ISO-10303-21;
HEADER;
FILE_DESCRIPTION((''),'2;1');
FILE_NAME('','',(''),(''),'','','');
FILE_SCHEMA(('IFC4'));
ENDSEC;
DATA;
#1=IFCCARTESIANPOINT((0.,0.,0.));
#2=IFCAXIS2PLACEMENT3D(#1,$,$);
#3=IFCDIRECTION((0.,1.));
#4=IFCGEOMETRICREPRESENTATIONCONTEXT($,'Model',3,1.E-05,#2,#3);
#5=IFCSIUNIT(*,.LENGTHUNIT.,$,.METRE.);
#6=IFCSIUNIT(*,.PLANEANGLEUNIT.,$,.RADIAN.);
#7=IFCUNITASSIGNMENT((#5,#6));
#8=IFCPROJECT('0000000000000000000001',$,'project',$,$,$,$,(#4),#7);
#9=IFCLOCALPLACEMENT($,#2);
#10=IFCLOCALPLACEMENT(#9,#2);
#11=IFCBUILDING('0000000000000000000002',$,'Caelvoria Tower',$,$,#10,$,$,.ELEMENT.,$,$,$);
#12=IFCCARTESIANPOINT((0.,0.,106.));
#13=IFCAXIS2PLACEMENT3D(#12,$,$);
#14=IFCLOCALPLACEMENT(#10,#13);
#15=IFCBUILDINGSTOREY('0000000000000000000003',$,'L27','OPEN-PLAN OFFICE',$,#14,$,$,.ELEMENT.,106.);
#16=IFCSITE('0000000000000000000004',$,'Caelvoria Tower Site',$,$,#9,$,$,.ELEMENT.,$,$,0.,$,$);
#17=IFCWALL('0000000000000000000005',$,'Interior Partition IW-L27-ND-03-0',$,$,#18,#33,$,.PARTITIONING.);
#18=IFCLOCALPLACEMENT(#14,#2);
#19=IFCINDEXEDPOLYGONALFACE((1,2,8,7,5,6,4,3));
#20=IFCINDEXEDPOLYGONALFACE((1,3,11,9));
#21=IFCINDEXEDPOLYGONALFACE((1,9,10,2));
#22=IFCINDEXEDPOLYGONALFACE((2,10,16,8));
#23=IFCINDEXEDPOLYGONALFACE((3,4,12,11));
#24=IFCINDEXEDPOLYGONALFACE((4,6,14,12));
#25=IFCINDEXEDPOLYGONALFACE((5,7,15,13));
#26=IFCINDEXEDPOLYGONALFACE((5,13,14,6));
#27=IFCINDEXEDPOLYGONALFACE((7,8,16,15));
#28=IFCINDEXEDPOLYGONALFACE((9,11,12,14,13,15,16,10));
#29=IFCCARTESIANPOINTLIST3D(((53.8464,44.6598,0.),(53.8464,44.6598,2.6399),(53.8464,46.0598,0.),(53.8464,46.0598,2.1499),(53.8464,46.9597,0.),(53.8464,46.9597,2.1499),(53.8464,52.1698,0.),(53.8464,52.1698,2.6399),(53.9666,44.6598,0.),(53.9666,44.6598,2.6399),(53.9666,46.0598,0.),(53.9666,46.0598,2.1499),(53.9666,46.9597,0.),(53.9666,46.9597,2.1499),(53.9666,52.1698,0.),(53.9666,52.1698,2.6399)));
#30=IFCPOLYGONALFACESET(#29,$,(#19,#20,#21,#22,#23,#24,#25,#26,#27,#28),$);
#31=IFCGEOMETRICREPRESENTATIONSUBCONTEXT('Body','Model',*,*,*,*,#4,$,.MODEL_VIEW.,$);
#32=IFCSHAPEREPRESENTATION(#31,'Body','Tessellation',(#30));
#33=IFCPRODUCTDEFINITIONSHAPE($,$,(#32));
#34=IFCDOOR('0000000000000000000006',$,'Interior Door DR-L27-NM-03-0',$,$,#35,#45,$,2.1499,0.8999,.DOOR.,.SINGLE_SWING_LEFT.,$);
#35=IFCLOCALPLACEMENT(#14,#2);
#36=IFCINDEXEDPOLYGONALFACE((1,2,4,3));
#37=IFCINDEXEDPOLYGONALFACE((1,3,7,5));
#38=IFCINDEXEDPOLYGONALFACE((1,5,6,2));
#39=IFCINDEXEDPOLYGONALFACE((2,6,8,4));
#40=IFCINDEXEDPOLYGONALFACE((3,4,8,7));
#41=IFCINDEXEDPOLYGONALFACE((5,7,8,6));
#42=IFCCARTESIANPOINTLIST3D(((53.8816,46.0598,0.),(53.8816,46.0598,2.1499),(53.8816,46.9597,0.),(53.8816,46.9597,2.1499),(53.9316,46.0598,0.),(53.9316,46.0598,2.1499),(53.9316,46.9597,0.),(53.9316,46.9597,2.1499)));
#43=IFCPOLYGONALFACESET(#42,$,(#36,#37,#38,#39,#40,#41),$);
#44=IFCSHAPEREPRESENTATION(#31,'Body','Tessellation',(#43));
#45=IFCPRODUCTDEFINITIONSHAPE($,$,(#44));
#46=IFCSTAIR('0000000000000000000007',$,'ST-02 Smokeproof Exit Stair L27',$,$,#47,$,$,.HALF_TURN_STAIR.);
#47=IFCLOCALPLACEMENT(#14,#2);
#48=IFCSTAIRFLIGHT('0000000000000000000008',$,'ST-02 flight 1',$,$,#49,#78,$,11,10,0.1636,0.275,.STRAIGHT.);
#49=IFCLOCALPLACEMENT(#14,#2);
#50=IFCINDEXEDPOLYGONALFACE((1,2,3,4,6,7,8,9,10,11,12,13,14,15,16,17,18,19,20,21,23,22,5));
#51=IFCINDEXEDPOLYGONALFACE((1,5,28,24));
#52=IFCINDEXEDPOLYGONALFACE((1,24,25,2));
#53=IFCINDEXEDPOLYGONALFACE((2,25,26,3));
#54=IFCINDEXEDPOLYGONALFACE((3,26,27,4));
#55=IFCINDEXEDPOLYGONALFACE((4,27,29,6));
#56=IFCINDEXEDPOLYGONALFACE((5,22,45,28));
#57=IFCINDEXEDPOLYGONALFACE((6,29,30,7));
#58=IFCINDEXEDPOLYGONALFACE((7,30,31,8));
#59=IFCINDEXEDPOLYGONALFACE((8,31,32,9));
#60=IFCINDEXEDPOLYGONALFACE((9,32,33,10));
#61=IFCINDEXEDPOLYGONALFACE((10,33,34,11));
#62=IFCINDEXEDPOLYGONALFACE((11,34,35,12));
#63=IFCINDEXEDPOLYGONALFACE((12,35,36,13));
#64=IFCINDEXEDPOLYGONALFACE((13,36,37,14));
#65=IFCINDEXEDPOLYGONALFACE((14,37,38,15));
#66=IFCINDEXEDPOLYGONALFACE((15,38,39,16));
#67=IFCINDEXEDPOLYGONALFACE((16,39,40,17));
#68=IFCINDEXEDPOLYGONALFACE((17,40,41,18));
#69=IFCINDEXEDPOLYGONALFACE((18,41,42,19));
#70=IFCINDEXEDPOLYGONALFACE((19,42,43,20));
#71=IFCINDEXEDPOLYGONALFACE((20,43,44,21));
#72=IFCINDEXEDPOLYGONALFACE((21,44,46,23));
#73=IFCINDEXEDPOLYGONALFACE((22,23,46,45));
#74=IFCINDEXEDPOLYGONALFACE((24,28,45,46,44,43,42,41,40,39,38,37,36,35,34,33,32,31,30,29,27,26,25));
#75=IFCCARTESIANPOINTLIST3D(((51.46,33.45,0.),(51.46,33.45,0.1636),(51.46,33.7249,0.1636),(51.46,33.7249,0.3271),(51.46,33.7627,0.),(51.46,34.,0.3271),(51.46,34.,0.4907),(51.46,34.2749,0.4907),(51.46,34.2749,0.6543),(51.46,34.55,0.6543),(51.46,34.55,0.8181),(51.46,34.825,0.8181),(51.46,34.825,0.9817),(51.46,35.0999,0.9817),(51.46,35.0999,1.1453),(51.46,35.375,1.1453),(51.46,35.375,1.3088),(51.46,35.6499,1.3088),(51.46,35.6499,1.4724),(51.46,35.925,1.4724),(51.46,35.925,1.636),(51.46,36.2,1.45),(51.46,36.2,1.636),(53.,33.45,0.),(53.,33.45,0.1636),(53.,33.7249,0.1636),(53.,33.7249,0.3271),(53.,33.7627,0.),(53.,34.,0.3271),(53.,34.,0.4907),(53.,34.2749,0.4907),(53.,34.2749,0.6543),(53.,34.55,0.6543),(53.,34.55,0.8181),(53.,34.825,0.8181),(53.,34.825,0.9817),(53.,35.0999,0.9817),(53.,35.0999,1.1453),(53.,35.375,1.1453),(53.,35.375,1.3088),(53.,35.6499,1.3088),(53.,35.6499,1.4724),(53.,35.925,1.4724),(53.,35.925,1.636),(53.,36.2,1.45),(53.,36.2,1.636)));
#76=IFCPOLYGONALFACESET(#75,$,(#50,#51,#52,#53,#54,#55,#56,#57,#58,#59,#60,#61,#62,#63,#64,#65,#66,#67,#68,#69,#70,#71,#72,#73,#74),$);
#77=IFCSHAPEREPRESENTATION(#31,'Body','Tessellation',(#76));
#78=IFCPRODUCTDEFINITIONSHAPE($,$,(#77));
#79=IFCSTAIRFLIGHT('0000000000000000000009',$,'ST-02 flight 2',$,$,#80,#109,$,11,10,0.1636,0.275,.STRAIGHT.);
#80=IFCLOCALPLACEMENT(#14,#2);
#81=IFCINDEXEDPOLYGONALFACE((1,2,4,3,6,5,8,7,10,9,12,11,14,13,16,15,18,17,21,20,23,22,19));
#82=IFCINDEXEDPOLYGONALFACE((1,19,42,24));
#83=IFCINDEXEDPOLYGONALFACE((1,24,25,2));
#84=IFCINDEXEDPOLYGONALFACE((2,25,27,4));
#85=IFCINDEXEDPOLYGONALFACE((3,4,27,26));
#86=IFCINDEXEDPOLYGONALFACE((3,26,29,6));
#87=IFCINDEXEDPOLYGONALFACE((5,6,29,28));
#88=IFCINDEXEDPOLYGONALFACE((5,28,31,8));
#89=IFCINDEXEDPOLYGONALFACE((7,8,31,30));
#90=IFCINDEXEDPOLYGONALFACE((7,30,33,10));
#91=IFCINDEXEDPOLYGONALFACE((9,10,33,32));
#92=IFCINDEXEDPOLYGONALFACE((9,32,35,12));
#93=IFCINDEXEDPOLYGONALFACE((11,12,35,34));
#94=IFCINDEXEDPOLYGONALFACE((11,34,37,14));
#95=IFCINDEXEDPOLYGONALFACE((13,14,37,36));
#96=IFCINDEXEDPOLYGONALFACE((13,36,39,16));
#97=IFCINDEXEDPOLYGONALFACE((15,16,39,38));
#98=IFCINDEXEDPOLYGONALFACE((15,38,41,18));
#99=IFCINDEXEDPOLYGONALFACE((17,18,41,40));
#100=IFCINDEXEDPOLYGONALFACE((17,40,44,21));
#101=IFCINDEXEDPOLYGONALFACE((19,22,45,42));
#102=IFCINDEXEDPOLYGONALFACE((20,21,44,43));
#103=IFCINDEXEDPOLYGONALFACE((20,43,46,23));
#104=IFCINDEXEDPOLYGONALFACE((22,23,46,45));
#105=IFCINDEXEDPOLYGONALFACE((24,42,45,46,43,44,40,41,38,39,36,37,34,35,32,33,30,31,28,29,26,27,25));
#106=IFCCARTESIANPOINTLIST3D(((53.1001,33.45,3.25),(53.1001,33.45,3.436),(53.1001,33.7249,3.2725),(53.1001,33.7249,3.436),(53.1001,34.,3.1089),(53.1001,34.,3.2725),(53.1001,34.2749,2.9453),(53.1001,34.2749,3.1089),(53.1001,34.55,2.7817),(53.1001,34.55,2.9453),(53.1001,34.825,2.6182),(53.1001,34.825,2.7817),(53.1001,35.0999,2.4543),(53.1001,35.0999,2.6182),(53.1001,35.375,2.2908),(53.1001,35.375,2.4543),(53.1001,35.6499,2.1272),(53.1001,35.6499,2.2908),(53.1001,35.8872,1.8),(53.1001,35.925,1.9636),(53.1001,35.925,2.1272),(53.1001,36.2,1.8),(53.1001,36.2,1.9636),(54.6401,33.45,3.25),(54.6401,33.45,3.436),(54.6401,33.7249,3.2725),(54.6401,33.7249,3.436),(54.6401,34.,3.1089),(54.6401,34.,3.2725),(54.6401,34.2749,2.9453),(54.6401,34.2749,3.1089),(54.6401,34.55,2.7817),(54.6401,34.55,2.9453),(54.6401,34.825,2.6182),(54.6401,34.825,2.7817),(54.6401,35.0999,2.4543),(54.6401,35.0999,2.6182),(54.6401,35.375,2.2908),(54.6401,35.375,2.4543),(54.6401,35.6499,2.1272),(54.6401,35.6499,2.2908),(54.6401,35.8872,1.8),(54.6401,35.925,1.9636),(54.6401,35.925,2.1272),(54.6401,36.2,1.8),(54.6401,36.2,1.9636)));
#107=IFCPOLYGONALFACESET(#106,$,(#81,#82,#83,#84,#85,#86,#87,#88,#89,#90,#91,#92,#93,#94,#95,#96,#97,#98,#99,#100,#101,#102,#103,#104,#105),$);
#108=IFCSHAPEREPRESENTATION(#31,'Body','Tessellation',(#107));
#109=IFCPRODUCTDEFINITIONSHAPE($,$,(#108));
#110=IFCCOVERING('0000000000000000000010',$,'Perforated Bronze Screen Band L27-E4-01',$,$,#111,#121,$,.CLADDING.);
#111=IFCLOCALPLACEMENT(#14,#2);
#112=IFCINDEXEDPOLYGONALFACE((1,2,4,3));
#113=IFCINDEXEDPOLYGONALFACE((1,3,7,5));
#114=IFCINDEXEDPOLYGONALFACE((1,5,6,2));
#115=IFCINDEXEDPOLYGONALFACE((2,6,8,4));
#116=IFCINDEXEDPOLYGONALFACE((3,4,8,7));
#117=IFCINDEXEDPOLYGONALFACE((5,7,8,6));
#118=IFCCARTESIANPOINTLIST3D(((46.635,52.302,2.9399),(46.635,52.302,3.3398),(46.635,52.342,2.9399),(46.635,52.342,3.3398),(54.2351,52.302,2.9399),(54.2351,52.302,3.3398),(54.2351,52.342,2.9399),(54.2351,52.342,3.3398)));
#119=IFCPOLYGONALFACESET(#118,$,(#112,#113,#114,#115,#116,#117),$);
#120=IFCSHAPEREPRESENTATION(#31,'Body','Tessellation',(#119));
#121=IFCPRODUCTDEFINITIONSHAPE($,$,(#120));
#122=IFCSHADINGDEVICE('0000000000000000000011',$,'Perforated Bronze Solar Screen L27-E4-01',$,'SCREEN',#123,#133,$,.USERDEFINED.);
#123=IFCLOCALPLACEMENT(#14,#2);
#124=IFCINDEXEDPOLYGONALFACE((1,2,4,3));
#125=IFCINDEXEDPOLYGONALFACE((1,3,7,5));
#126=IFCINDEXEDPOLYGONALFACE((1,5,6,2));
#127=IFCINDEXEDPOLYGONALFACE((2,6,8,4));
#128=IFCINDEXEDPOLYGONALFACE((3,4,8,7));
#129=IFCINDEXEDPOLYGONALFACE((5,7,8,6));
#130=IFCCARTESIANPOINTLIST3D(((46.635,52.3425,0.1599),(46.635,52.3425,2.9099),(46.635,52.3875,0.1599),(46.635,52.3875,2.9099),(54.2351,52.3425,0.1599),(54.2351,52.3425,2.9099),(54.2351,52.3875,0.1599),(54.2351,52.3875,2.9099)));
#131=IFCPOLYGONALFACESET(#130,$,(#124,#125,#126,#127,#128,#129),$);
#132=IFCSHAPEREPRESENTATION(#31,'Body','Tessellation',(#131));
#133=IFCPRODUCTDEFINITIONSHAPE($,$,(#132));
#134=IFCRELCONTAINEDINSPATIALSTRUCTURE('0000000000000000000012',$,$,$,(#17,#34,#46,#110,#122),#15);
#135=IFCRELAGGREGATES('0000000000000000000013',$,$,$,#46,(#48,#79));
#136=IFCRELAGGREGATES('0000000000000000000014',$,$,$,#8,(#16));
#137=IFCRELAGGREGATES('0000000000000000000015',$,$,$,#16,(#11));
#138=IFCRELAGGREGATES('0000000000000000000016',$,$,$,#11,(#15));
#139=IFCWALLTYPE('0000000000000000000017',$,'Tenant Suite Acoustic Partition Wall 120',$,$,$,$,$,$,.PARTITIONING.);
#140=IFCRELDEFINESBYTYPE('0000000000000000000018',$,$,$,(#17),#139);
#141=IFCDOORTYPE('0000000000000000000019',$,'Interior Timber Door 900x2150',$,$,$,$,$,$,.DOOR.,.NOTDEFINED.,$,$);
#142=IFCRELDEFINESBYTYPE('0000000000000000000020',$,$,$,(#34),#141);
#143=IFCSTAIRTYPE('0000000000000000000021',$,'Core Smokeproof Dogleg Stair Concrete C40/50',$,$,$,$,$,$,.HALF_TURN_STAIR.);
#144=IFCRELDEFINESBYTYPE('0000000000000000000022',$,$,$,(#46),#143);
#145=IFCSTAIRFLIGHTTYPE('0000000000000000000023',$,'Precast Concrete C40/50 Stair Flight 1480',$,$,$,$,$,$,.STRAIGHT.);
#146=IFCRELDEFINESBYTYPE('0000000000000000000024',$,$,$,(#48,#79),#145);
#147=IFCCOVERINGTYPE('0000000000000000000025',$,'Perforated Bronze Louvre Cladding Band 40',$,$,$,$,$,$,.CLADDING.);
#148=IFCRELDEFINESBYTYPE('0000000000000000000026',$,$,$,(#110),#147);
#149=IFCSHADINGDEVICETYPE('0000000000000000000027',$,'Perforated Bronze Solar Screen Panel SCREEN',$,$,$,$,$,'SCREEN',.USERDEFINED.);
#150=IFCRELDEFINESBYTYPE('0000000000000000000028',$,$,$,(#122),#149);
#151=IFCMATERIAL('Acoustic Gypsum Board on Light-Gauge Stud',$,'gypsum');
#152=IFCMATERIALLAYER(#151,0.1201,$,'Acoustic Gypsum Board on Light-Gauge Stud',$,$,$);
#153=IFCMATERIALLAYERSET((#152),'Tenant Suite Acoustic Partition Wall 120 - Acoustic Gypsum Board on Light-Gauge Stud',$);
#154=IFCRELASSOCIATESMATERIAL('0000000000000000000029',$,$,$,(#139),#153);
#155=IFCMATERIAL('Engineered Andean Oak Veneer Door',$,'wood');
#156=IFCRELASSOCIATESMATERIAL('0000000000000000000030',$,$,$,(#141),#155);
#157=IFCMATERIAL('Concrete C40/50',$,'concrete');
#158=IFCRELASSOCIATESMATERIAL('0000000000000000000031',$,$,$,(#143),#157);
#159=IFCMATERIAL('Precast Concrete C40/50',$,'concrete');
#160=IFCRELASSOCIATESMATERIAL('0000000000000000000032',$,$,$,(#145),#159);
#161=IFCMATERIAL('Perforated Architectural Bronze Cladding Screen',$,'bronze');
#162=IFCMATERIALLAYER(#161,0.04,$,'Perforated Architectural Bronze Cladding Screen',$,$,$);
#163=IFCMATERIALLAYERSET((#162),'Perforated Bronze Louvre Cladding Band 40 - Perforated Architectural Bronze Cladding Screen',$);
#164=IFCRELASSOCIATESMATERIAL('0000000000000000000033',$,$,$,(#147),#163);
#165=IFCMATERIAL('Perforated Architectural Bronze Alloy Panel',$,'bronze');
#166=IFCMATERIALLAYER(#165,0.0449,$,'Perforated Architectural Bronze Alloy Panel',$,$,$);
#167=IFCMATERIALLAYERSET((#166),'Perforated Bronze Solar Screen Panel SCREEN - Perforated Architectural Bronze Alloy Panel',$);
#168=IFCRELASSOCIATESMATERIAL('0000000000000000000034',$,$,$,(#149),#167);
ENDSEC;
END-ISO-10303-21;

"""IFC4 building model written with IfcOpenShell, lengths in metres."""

from ifc_helpers import new_model, si_unit, direction, frame, frame_2d, origin, origin_2d, place, context, subcontext, project, spatial, polyline, rectangle, outline, extrude, material, layer, layer_set, type_object, element, fill, aggregate, save


model = new_model("IFC4")

# Units and contexts
model_context = context("Model", 3, precision=1e-05, world=origin(), true_north=direction((0.0, 1.0)))
body_context = subcontext(model_context, "Body", "Model", "MODEL_VIEW")
ifc_project = project(units=[si_unit("LENGTHUNIT", "METRE"), si_unit("PLANEANGLEUNIT", "RADIAN")], contexts=[model_context])

# Site, building, storey
site_placement = place(None, origin())
site = spatial("IfcSite", under=ifc_project, at=site_placement, Name="Caelvoria Tower Site", CompositionType="ELEMENT", RefElevation=0.0)
building_placement = place(site_placement, origin())
building = spatial("IfcBuilding", under=site, at=building_placement, Name="Caelvoria Tower", CompositionType="ELEMENT")
storey_placement = place(building_placement, frame((0.0, 0.0, 106.0)))
storey = spatial("IfcBuildingStorey", under=building, at=storey_placement, Name="L27", Description="OPEN-PLAN OFFICE", CompositionType="ELEMENT", Elevation=106.0)

# Wall, opening, door
ifc_material_1 = material(Name="Acoustic Gypsum Board on Light-Gauge Stud", Category="gypsum")
ifc_layer_1 = layer(ifc_material_1, 0.1201, Name="Acoustic Gypsum Board on Light-Gauge Stud")
ifc_layer_set_1 = layer_set([ifc_layer_1], Name="Tenant Suite Acoustic Partition Wall 120 - Acoustic Gypsum Board on Light-Gauge Stud")
wall_type_1 = type_object("IfcWallType", Name="Tenant Suite Acoustic Partition Wall 120", PredefinedType="PARTITIONING", material=ifc_layer_set_1)
ifc_material_2 = material(Name="Engineered Andean Oak Veneer Door", Category="wood")
door_type = type_object("IfcDoorType", Name="Interior Timber Door 900x2150", OperationType="NOTDEFINED", PredefinedType="DOOR", material=ifc_material_2)
wall_1_placement = place(storey_placement, frame((53.9065, 44.6599, 0.0), z_axis=(0.0, 0.0, 1.0), x_axis=(0.0, 1.0, 0.0)))
wall_1 = element("IfcWall", 1, at=wall_1_placement, inside=storey, type_object=wall_type_1, Name="Interior Partition IW-L27-ND-03-0", PredefinedType="PARTITIONING", context=body_context, shape_type="SweptSolid", body=[
    extrude(rectangle(XDim=7.51, YDim=0.1201, at=frame_2d((3.7549, 0.0))), origin(), (0.0, 0.0, 1.0), 2.6399),
])
opening_1_placement = place(wall_1_placement, frame((1.3999, 0.0, 0.0)))
opening_1 = element("IfcOpeningElement", 2, at=opening_1_placement, cuts=wall_1, PredefinedType="OPENING", context=body_context, shape_type="SweptSolid", body=[
    extrude(rectangle(XDim=0.8999, YDim=2.1499, at=frame_2d((0.45, 1.075))), frame((0.0, 0.0701, 0.0), z_axis=(0.0, -1.0, 0.0), x_axis=(1.0, 0.0, 0.0)), (0.0, 0.0, 1.0), 0.1401),
])
door_1_placement = place(opening_1_placement, origin())
door_1 = element("IfcDoor", 3, at=door_1_placement, inside=storey, type_object=door_type, Name="Interior Door DR-L27-NM-03-0", OperationType="SINGLE_SWING_LEFT", OverallHeight=2.1499, OverallWidth=0.8999, PredefinedType="DOOR", context=body_context, shape_type="SweptSolid", body=[
    extrude(rectangle(XDim=0.8999, YDim=2.1499, at=frame_2d((0.45, 1.075))), frame((0.0, 0.0249, 0.0), z_axis=(0.0, -1.0, 0.0), x_axis=(1.0, 0.0, 0.0)), (0.0, 0.0, 1.0), 0.05),
])
fill(opening_1, door_1)

# Stair, stair flights
ifc_material_3 = material(Name="Concrete C40/50", Category="concrete")
stair_type = type_object("IfcStairType", Name="Core Smokeproof Dogleg Stair Concrete C40/50", PredefinedType="HALF_TURN_STAIR", material=ifc_material_3)
stair_placement = place(storey_placement, origin())
stair = element("IfcStair", 4, at=stair_placement, inside=storey, type_object=stair_type, Name="ST-02 Smokeproof Exit Stair L27", PredefinedType="HALF_TURN_STAIR")
ifc_material_4 = material(Name="Precast Concrete C40/50", Category="concrete")
stair_flight_type = type_object("IfcStairFlightType", Name="Precast Concrete C40/50 Stair Flight 1480", PredefinedType="STRAIGHT", material=ifc_material_4)
stair_flight_1_placement = place(storey_placement, frame((52.23, 33.45, 0.0), z_axis=(0.0, 0.0, 1.0), x_axis=(0.0, 1.0, 0.0)))
stair_flight_1 = element("IfcStairFlight", 5, at=stair_flight_1_placement, type_object=stair_flight_type, Name="ST-02 flight 1", NumberOfRisers=11, NumberOfTreads=10, PredefinedType="STRAIGHT", RiserHeight=0.1636, TreadLength=0.275, context=body_context, shape_type="SweptSolid", body=[
    extrude(outline(polyline([(0.0, 0.0), (0.0, 0.1636), (0.2749, 0.1636), (0.2749, 0.3271), (0.55, 0.3271), (0.55, 0.4907), (0.825, 0.4907), (0.825, 0.6543), (1.1001, 0.6543), (1.1001, 0.8181), (1.375, 0.8181), (1.375, 0.9817), (1.6499, 0.9817), (1.6499, 1.1453), (1.925, 1.1453), (1.925, 1.3088), (2.2, 1.3088), (2.2, 1.4724), (2.4751, 1.4724), (2.4751, 1.636), (2.75, 1.636), (2.75, 1.7996), (2.75, 1.45), (0.3127, 0.0), (0.0, 0.0)])), frame((0.0, 0.77, 0.0), z_axis=(0.0, -1.0, 0.0), x_axis=(1.0, 0.0, 0.0)), (0.0, 0.0, 1.0), 1.54),
])
stair_flight_2_placement = place(storey_placement, frame((53.8701, 36.2, 1.8), z_axis=(0.0, 0.0, 1.0), x_axis=(0.0, -1.0, 0.0)))
stair_flight_2 = element("IfcStairFlight", 6, at=stair_flight_2_placement, type_object=stair_flight_type, Name="ST-02 flight 2", NumberOfRisers=11, NumberOfTreads=10, PredefinedType="STRAIGHT", RiserHeight=0.1636, TreadLength=0.275, context=body_context, shape_type="SweptSolid", body=[
    extrude(outline(polyline([(0.0, 0.0), (0.0, 0.1636), (0.2749, 0.1636), (0.2749, 0.3271), (0.55, 0.3271), (0.55, 0.4907), (0.825, 0.4907), (0.825, 0.6543), (1.1001, 0.6543), (1.1001, 0.8181), (1.375, 0.8181), (1.375, 0.9817), (1.6499, 0.9817), (1.6499, 1.1453), (1.925, 1.1453), (1.925, 1.3088), (2.2, 1.3088), (2.2, 1.4724), (2.4751, 1.4724), (2.4751, 1.636), (2.75, 1.636), (2.75, 1.7996), (2.75, 1.45), (0.3127, 0.0), (0.0, 0.0)])), frame((0.0, 0.77, 0.0), z_axis=(0.0, -1.0, 0.0), x_axis=(1.0, 0.0, 0.0)), (0.0, 0.0, 1.0), 1.54),
])
aggregate(stair, [stair_flight_1, stair_flight_2])

# Covering
ifc_material_5 = material(Name="Perforated Architectural Bronze Cladding Screen", Category="bronze")
ifc_layer_2 = layer(ifc_material_5, 0.04, Name="Perforated Architectural Bronze Cladding Screen")
ifc_layer_set_2 = layer_set([ifc_layer_2], Name="Perforated Bronze Louvre Cladding Band 40 - Perforated Architectural Bronze Cladding Screen")
covering_type = type_object("IfcCoveringType", Name="Perforated Bronze Louvre Cladding Band 40", PredefinedType="CLADDING", material=ifc_layer_set_2)
covering_placement = place(storey_placement, frame((50.4351, 52.322, 2.9399), z_axis=(0.0, 0.0, 1.0), x_axis=(-1.0, 0.0, 0.0)))
element("IfcCovering", 7, at=covering_placement, inside=storey, type_object=covering_type, Name="Perforated Bronze Screen Band L27-E4-01", PredefinedType="CLADDING", context=body_context, shape_type="SweptSolid", body=[
    extrude(rectangle(XDim=7.6001, YDim=0.04, at=origin_2d()), origin(), (0.0, 0.0, 1.0), 0.3999),
])

# Shading device
ifc_material_6 = material(Name="Perforated Architectural Bronze Alloy Panel", Category="bronze")
ifc_layer_3 = layer(ifc_material_6, 0.0449, Name="Perforated Architectural Bronze Alloy Panel")
ifc_layer_set_3 = layer_set([ifc_layer_3], Name="Perforated Bronze Solar Screen Panel SCREEN - Perforated Architectural Bronze Alloy Panel")
shading_device_type = type_object("IfcShadingDeviceType", Name="Perforated Bronze Solar Screen Panel SCREEN", ElementType="SCREEN", PredefinedType="USERDEFINED", material=ifc_layer_set_3)
shading_device_placement = place(storey_placement, frame((50.4351, 52.365, 0.1599), z_axis=(0.0, 0.0, 1.0), x_axis=(-1.0, 0.0, 0.0)))
element("IfcShadingDevice", 8, at=shading_device_placement, inside=storey, type_object=shading_device_type, Name="Perforated Bronze Solar Screen L27-E4-01", ObjectType="SCREEN", PredefinedType="USERDEFINED", context=body_context, shape_type="SweptSolid", body=[
    extrude(rectangle(XDim=7.6001, YDim=0.0449, at=origin_2d()), origin(), (0.0, 0.0, 1.0), 2.75),
])

save(model, "model.ifc")
